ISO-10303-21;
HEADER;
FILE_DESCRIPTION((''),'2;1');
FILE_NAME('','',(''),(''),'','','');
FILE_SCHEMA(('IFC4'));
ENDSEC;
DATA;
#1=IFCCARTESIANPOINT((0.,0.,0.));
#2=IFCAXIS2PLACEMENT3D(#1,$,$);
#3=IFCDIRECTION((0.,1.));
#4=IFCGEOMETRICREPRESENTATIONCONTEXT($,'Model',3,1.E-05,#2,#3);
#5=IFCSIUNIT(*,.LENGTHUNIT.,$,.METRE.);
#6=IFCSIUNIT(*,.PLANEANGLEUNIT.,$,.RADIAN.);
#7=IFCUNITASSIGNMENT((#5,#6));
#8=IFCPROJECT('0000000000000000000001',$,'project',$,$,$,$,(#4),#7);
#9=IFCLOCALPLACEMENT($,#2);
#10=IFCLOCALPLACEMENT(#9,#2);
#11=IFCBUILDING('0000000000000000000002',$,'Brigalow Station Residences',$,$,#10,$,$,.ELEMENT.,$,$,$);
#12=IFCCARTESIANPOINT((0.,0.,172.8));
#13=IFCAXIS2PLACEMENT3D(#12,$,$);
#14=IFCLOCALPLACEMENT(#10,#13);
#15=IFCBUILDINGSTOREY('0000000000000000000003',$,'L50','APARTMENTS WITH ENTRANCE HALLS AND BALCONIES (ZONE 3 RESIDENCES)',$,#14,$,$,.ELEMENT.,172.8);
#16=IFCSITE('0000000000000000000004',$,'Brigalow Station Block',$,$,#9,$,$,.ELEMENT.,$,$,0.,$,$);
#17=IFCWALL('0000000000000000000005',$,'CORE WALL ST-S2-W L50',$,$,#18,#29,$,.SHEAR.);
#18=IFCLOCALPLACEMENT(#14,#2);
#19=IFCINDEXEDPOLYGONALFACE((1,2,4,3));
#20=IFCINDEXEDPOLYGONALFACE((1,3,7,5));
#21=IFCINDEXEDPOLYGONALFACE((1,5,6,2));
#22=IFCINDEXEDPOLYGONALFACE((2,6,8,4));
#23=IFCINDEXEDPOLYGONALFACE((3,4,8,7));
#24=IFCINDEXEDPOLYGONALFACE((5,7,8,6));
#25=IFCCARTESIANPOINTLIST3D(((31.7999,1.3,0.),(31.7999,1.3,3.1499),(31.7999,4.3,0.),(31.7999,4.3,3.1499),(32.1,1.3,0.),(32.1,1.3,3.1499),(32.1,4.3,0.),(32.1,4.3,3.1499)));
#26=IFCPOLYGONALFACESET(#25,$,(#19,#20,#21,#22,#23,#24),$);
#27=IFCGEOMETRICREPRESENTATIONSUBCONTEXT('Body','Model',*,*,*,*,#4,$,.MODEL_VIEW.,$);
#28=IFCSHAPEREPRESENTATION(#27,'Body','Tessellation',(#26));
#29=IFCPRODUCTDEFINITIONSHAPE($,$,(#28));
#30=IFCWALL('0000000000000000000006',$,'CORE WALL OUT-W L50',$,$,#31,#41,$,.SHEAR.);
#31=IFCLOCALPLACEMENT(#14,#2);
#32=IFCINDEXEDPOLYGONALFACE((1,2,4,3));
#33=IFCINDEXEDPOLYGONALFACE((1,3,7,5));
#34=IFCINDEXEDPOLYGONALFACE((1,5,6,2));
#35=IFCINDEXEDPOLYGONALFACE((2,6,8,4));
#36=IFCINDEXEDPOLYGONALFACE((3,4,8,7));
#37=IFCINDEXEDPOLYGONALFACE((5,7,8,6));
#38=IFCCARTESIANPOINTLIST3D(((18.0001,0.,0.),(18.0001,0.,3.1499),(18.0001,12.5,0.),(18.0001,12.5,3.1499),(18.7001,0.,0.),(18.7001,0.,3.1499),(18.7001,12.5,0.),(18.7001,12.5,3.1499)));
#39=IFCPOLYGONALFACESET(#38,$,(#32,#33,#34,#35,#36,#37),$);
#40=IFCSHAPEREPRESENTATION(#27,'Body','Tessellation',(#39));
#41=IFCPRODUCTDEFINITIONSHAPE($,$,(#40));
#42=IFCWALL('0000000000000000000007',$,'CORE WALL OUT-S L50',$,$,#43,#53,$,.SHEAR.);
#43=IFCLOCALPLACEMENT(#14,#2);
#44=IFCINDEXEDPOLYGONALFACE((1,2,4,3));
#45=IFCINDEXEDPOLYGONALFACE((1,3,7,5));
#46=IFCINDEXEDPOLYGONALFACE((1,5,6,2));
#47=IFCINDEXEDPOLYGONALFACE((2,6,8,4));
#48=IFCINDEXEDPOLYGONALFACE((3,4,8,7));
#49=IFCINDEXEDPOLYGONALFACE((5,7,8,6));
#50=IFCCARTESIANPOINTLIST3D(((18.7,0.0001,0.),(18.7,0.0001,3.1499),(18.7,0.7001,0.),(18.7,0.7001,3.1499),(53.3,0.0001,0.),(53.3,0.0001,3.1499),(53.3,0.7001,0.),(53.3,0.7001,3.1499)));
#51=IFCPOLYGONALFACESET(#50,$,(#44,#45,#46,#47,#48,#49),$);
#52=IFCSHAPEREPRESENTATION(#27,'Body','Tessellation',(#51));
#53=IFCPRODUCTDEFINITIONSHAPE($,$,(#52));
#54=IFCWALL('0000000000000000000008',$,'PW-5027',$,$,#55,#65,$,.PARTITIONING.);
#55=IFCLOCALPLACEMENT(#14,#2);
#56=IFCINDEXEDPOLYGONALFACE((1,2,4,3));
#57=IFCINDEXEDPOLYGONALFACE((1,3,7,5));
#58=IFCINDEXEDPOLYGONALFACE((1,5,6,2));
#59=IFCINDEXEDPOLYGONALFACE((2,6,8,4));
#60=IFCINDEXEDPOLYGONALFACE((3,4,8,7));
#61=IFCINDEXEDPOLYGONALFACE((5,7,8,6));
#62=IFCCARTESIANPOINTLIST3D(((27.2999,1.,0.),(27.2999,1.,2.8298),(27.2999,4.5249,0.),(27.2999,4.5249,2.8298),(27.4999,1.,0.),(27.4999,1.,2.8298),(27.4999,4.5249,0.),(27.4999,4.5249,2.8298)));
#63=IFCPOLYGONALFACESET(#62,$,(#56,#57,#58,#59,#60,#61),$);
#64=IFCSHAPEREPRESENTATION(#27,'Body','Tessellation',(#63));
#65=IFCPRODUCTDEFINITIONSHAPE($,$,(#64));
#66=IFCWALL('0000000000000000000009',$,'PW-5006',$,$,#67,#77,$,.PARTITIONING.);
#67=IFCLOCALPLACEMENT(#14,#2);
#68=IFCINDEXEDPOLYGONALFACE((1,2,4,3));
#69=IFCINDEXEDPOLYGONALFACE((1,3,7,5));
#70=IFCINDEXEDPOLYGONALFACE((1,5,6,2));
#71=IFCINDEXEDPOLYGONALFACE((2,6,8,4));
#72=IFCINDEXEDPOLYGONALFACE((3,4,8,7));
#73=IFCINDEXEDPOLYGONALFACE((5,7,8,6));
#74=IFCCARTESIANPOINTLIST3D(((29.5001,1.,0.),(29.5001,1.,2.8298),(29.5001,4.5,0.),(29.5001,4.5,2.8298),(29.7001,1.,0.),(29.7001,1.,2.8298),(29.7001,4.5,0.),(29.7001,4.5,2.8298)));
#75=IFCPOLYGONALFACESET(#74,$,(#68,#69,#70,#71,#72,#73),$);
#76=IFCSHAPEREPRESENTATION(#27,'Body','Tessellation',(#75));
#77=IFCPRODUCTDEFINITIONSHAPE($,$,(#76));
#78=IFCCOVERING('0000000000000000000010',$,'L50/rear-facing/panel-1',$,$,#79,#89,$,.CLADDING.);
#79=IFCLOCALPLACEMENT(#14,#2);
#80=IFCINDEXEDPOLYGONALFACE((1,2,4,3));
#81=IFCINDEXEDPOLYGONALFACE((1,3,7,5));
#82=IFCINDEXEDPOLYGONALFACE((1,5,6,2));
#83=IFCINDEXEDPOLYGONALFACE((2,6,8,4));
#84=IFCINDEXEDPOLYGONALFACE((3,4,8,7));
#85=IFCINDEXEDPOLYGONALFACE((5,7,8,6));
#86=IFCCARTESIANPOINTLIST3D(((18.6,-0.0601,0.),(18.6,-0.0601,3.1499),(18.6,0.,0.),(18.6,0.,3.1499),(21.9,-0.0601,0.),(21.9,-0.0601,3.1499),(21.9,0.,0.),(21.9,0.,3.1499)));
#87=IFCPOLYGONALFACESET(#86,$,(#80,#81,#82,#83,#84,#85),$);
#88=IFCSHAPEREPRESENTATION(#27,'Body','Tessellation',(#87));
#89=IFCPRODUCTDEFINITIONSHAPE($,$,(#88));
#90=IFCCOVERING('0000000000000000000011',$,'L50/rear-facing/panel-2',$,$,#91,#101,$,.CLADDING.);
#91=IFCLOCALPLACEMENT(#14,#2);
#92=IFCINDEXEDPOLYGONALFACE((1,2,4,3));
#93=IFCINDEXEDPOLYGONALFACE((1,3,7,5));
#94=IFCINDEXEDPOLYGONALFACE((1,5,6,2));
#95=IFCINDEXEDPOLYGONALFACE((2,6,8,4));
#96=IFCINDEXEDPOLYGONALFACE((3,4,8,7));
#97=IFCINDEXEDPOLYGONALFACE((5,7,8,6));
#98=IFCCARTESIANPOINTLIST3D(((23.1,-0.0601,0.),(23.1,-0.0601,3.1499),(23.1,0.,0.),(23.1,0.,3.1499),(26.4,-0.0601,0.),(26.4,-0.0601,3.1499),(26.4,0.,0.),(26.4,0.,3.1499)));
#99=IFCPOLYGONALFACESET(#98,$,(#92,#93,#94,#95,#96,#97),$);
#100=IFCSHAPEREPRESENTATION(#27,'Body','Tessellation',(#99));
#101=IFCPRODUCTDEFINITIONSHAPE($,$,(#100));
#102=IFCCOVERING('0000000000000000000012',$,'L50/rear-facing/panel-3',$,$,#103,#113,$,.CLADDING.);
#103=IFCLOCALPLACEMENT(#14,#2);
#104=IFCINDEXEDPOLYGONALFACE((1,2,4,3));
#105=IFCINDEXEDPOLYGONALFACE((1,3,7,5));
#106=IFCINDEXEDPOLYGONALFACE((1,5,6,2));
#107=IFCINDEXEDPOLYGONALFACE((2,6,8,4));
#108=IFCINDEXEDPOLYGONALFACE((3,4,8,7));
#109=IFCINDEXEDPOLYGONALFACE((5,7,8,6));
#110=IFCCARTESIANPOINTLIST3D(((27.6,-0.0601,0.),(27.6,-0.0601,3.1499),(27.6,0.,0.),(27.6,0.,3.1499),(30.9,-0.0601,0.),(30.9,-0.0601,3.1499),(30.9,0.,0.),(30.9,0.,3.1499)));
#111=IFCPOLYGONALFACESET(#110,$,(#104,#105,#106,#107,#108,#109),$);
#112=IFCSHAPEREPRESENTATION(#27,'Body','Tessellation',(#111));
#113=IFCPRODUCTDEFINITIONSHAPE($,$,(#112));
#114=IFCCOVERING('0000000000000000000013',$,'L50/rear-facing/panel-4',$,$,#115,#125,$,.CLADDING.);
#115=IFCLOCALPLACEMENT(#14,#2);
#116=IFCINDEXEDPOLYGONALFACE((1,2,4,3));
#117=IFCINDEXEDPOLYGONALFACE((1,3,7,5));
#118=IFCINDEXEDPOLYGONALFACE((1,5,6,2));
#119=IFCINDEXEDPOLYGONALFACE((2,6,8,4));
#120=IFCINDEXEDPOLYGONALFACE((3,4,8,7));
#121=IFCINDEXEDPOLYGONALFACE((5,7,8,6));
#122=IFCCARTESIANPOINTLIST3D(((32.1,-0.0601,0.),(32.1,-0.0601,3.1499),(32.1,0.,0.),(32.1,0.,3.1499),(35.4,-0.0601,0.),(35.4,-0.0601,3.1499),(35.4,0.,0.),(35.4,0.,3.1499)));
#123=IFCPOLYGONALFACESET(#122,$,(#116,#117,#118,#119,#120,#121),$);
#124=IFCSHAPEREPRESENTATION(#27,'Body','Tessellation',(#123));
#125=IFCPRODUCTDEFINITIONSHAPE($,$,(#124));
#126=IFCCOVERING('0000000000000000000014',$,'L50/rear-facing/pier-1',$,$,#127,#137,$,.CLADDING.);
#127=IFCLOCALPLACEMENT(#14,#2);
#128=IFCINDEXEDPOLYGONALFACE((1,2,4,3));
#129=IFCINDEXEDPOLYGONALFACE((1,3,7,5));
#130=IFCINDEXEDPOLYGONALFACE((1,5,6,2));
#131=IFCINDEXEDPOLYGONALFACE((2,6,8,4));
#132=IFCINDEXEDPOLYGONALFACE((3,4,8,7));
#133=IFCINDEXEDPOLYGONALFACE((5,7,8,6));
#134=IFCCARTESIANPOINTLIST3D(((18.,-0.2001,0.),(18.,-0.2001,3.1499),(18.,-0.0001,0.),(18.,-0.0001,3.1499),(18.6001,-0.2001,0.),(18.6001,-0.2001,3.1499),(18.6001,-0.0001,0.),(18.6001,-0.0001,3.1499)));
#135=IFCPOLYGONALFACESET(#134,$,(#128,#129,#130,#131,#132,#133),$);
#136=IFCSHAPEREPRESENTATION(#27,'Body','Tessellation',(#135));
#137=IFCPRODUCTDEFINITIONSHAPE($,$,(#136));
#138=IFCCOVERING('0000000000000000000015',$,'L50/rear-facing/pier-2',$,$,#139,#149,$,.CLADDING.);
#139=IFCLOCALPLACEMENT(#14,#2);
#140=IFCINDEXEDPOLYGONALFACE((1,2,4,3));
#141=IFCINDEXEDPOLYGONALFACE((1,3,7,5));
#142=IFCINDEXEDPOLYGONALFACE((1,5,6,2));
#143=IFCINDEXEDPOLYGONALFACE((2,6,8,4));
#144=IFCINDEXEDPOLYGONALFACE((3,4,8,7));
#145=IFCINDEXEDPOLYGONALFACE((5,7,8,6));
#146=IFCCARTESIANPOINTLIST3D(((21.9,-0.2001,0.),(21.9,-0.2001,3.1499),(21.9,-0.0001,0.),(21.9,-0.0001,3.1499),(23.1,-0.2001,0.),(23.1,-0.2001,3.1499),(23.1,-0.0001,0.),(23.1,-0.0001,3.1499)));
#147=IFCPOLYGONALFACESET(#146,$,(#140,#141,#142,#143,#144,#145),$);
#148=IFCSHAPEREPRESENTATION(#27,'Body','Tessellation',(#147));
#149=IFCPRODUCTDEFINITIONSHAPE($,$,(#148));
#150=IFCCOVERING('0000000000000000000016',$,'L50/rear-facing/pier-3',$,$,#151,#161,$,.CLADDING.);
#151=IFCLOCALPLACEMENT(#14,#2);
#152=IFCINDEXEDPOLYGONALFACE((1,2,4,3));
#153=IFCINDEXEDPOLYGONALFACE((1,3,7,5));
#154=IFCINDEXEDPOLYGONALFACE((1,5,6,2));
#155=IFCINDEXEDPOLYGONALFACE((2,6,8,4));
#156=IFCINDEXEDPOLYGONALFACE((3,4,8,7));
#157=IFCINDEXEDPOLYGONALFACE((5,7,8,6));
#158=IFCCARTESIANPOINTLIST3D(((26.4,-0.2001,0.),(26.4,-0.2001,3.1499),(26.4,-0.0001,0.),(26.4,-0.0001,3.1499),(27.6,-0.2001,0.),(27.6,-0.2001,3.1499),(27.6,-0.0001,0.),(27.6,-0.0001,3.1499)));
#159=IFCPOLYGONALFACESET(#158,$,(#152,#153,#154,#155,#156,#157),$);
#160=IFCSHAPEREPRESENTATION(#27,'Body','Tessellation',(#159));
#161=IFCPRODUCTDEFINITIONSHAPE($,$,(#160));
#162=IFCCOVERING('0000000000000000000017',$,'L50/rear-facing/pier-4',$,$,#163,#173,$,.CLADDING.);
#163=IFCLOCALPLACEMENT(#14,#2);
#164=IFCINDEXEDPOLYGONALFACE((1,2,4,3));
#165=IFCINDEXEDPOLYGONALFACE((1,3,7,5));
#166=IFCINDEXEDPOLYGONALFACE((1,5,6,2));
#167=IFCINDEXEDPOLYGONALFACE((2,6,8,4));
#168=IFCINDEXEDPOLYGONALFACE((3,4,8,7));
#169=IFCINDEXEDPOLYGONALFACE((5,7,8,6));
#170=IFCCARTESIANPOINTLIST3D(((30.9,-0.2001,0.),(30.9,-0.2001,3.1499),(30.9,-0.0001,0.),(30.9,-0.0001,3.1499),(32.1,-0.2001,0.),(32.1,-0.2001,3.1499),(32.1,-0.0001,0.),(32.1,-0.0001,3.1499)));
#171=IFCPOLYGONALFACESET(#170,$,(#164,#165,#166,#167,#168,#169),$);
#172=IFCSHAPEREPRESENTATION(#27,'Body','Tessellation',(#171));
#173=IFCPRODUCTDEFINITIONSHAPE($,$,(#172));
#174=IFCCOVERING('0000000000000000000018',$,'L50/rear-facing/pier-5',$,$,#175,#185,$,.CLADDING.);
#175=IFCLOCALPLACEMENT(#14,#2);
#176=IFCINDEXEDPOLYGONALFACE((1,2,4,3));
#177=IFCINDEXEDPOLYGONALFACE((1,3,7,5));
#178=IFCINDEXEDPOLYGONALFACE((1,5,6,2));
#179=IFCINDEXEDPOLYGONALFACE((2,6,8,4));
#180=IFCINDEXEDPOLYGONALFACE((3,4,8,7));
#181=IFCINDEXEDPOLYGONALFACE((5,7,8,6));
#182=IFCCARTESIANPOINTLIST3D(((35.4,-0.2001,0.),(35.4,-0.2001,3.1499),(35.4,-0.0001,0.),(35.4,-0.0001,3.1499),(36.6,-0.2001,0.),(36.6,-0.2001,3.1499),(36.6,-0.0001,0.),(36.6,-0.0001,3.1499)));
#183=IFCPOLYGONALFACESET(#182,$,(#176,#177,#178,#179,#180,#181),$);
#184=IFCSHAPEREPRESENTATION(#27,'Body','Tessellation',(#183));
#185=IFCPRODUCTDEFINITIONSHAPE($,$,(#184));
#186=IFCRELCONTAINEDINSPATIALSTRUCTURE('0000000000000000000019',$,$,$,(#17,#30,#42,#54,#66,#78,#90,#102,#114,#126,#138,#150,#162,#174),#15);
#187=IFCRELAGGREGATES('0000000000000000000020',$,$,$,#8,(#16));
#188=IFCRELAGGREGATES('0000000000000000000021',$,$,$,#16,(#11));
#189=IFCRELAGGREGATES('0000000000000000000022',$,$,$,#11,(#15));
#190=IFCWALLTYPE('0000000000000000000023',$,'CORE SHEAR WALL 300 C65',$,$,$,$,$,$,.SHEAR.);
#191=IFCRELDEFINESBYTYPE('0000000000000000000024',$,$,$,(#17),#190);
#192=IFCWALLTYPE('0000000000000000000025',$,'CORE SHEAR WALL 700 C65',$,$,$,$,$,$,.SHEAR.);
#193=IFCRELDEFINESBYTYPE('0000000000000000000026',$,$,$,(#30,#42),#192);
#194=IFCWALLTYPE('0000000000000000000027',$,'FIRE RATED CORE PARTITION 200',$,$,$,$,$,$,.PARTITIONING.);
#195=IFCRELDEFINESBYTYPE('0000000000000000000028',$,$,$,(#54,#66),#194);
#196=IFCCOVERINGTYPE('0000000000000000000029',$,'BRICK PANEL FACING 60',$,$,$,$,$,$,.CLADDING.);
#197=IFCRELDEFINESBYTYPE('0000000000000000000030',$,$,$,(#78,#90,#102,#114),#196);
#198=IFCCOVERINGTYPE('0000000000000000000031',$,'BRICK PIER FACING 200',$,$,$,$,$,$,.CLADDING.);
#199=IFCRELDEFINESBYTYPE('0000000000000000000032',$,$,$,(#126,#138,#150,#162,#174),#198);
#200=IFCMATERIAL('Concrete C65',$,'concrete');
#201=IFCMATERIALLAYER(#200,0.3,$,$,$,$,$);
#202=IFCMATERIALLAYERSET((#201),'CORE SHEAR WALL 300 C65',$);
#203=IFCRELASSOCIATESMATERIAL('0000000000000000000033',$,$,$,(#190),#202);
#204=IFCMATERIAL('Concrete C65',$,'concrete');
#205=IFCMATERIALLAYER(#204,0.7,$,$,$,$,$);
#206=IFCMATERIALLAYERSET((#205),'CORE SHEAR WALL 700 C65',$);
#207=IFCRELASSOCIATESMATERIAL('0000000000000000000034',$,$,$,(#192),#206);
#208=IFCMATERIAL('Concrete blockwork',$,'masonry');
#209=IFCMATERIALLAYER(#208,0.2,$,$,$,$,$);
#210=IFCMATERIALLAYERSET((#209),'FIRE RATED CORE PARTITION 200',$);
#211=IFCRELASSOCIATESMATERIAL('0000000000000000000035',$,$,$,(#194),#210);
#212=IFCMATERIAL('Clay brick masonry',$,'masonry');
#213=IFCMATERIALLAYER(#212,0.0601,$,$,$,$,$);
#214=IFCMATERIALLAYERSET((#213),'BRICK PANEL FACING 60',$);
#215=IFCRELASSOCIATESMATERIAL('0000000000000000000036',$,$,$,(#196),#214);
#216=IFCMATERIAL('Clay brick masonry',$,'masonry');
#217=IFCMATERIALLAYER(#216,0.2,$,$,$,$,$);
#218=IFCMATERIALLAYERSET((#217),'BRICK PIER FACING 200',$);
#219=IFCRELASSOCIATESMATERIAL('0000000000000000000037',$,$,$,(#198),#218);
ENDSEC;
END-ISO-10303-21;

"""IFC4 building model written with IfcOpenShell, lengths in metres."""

from ifc_helpers import new_model, si_unit, direction, frame, frame_2d, origin, origin_2d, place, context, subcontext, project, spatial, rectangle, extrude, material, layer, layer_set, type_object, element, save


model = new_model("IFC4")

# Units and contexts
model_context = context("Model", 3, precision=1e-05, world=origin(), true_north=direction((0.0, 1.0)))
body_context = subcontext(model_context, "Body", "Model", "MODEL_VIEW")
ifc_project = project(units=[si_unit("LENGTHUNIT", "METRE"), si_unit("PLANEANGLEUNIT", "RADIAN")], contexts=[model_context])

# Site, building, storey
site_placement = place(None, origin())
site = spatial("IfcSite", under=ifc_project, at=site_placement, Name="Brigalow Station Block", CompositionType="ELEMENT", RefElevation=0.0)
building_placement = place(site_placement, origin())
building = spatial("IfcBuilding", under=site, at=building_placement, Name="Brigalow Station Residences", CompositionType="ELEMENT")
storey_placement = place(building_placement, frame((0.0, 0.0, 172.8)))
storey = spatial("IfcBuildingStorey", under=building, at=storey_placement, Name="L50", Description="APARTMENTS WITH ENTRANCE HALLS AND BALCONIES (ZONE 3 RESIDENCES)", CompositionType="ELEMENT", Elevation=172.8)

# Shared definitions
ifc_material_1 = material(Name="Concrete C65", Category="concrete")
ifc_layer_1 = layer(ifc_material_1, 0.3)
ifc_layer_set_1 = layer_set([ifc_layer_1], Name="CORE SHEAR WALL 300 C65")
wall_type_1 = type_object("IfcWallType", Name="CORE SHEAR WALL 300 C65", PredefinedType="SHEAR", material=ifc_layer_set_1)

# Walls
wall_1_placement = place(storey_placement, frame((31.95, 1.3, 0.0), z_axis=(0.0, 0.0, 1.0), x_axis=(0.0, 1.0, 0.0)))
element("IfcWall", 1, at=wall_1_placement, inside=storey, type_object=wall_type_1, Name="CORE WALL ST-S2-W L50", PredefinedType="SHEAR", context=body_context, shape_type="SweptSolid", body=[
    extrude(rectangle(XDim=3.0, YDim=0.3, at=frame_2d((1.5, 0.0))), origin(), (0.0, 0.0, 1.0), 3.1499),
])
ifc_material_2 = material(Name="Concrete C65", Category="concrete")
ifc_layer_2 = layer(ifc_material_2, 0.7)
ifc_layer_set_2 = layer_set([ifc_layer_2], Name="CORE SHEAR WALL 700 C65")
wall_type_2 = type_object("IfcWallType", Name="CORE SHEAR WALL 700 C65", PredefinedType="SHEAR", material=ifc_layer_set_2)
wall_2_placement = place(storey_placement, frame((18.3501, 0.0, 0.0), z_axis=(0.0, 0.0, 1.0), x_axis=(0.0, 1.0, 0.0)))
element("IfcWall", 2, at=wall_2_placement, inside=storey, type_object=wall_type_2, Name="CORE WALL OUT-W L50", PredefinedType="SHEAR", context=body_context, shape_type="SweptSolid", body=[
    extrude(rectangle(XDim=12.5, YDim=0.7, at=frame_2d((6.25, 0.0))), origin(), (0.0, 0.0, 1.0), 3.1499),
])
wall_3_placement = place(storey_placement, frame((18.7, 0.3501, 0.0), z_axis=(0.0, 0.0, 1.0), x_axis=(1.0, 0.0, 0.0)))
element("IfcWall", 3, at=wall_3_placement, inside=storey, type_object=wall_type_2, Name="CORE WALL OUT-S L50", PredefinedType="SHEAR", context=body_context, shape_type="SweptSolid", body=[
    extrude(rectangle(XDim=34.6001, YDim=0.7, at=frame_2d((17.3, 0.0))), origin(), (0.0, 0.0, 1.0), 3.1499),
])
ifc_material_3 = material(Name="Concrete blockwork", Category="masonry")
ifc_layer_3 = layer(ifc_material_3, 0.2)
ifc_layer_set_3 = layer_set([ifc_layer_3], Name="FIRE RATED CORE PARTITION 200")
wall_type_3 = type_object("IfcWallType", Name="FIRE RATED CORE PARTITION 200", PredefinedType="PARTITIONING", material=ifc_layer_set_3)
wall_4_placement = place(storey_placement, frame((27.3999, 1.0, 0.0), z_axis=(0.0, 0.0, 1.0), x_axis=(0.0, 1.0, 0.0)))
element("IfcWall", 4, at=wall_4_placement, inside=storey, type_object=wall_type_3, Name="PW-5027", PredefinedType="PARTITIONING", context=body_context, shape_type="SweptSolid", body=[
    extrude(rectangle(XDim=3.5249, YDim=0.2, at=frame_2d((1.7625, 0.0))), origin(), (0.0, 0.0, 1.0), 2.8298),
])
wall_5_placement = place(storey_placement, frame((29.6001, 1.0, 0.0), z_axis=(0.0, 0.0, 1.0), x_axis=(0.0, 1.0, 0.0)))
element("IfcWall", 5, at=wall_5_placement, inside=storey, type_object=wall_type_3, Name="PW-5006", PredefinedType="PARTITIONING", context=body_context, shape_type="SweptSolid", body=[
    extrude(rectangle(XDim=3.5, YDim=0.2, at=frame_2d((1.75, 0.0))), origin(), (0.0, 0.0, 1.0), 2.8298),
])

# Coverings
ifc_material_4 = material(Name="Clay brick masonry", Category="masonry")
ifc_layer_4 = layer(ifc_material_4, 0.0601)
ifc_layer_set_4 = layer_set([ifc_layer_4], Name="BRICK PANEL FACING 60")
covering_type_1 = type_object("IfcCoveringType", Name="BRICK PANEL FACING 60", PredefinedType="CLADDING", material=ifc_layer_set_4)
for number, where, z_axis, x_axis, name in (
    (6, (20.25, -0.03, 0.0), (0.0, 0.0, 1.0), (1.0, 0.0, 0.0), "L50/rear-facing/panel-1"),
    (7, (24.75, -0.03, 0.0), (0.0, 0.0, 1.0), (1.0, 0.0, 0.0), "L50/rear-facing/panel-2"),
    (8, (29.25, -0.03, 0.0), (0.0, 0.0, 1.0), (1.0, 0.0, 0.0), "L50/rear-facing/panel-3"),
    (9, (33.75, -0.03, 0.0), (0.0, 0.0, 1.0), (1.0, 0.0, 0.0), "L50/rear-facing/panel-4"),
):
    element("IfcCovering", number, at=place(storey_placement, frame(where, z_axis=z_axis, x_axis=x_axis)), inside=storey, type_object=covering_type_1, Name=name, PredefinedType="CLADDING", context=body_context, shape_type="SweptSolid", body=[
        extrude(rectangle(XDim=3.3, YDim=0.0601, at=origin_2d()), origin(), (0.0, 0.0, 1.0), 3.1499),
    ])
ifc_material_5 = material(Name="Clay brick masonry", Category="masonry")
ifc_layer_5 = layer(ifc_material_5, 0.2)
ifc_layer_set_5 = layer_set([ifc_layer_5], Name="BRICK PIER FACING 200")
covering_type_2 = type_object("IfcCoveringType", Name="BRICK PIER FACING 200", PredefinedType="CLADDING", material=ifc_layer_set_5)
covering_placement = place(storey_placement, frame((18.3, -0.1001, 0.0), z_axis=(0.0, 0.0, 1.0), x_axis=(1.0, 0.0, 0.0)))
element("IfcCovering", 10, at=covering_placement, inside=storey, type_object=covering_type_2, Name="L50/rear-facing/pier-1", PredefinedType="CLADDING", context=body_context, shape_type="SweptSolid", body=[
    extrude(rectangle(XDim=0.6001, YDim=0.2, at=origin_2d()), origin(), (0.0, 0.0, 1.0), 3.1499),
])
for number, where, z_axis, x_axis, name in (
    (11, (22.5, -0.1001, 0.0), (0.0, 0.0, 1.0), (1.0, 0.0, 0.0), "L50/rear-facing/pier-2"),
    (12, (27.0, -0.1001, 0.0), (0.0, 0.0, 1.0), (1.0, 0.0, 0.0), "L50/rear-facing/pier-3"),
    (13, (31.5, -0.1001, 0.0), (0.0, 0.0, 1.0), (1.0, 0.0, 0.0), "L50/rear-facing/pier-4"),
    (14, (36.0, -0.1001, 0.0), (0.0, 0.0, 1.0), (1.0, 0.0, 0.0), "L50/rear-facing/pier-5"),
):
    element("IfcCovering", number, at=place(storey_placement, frame(where, z_axis=z_axis, x_axis=x_axis)), inside=storey, type_object=covering_type_2, Name=name, PredefinedType="CLADDING", context=body_context, shape_type="SweptSolid", body=[
        extrude(rectangle(XDim=1.2, YDim=0.2, at=origin_2d()), origin(), (0.0, 0.0, 1.0), 3.1499),
    ])

save(model, "model.ifc")
